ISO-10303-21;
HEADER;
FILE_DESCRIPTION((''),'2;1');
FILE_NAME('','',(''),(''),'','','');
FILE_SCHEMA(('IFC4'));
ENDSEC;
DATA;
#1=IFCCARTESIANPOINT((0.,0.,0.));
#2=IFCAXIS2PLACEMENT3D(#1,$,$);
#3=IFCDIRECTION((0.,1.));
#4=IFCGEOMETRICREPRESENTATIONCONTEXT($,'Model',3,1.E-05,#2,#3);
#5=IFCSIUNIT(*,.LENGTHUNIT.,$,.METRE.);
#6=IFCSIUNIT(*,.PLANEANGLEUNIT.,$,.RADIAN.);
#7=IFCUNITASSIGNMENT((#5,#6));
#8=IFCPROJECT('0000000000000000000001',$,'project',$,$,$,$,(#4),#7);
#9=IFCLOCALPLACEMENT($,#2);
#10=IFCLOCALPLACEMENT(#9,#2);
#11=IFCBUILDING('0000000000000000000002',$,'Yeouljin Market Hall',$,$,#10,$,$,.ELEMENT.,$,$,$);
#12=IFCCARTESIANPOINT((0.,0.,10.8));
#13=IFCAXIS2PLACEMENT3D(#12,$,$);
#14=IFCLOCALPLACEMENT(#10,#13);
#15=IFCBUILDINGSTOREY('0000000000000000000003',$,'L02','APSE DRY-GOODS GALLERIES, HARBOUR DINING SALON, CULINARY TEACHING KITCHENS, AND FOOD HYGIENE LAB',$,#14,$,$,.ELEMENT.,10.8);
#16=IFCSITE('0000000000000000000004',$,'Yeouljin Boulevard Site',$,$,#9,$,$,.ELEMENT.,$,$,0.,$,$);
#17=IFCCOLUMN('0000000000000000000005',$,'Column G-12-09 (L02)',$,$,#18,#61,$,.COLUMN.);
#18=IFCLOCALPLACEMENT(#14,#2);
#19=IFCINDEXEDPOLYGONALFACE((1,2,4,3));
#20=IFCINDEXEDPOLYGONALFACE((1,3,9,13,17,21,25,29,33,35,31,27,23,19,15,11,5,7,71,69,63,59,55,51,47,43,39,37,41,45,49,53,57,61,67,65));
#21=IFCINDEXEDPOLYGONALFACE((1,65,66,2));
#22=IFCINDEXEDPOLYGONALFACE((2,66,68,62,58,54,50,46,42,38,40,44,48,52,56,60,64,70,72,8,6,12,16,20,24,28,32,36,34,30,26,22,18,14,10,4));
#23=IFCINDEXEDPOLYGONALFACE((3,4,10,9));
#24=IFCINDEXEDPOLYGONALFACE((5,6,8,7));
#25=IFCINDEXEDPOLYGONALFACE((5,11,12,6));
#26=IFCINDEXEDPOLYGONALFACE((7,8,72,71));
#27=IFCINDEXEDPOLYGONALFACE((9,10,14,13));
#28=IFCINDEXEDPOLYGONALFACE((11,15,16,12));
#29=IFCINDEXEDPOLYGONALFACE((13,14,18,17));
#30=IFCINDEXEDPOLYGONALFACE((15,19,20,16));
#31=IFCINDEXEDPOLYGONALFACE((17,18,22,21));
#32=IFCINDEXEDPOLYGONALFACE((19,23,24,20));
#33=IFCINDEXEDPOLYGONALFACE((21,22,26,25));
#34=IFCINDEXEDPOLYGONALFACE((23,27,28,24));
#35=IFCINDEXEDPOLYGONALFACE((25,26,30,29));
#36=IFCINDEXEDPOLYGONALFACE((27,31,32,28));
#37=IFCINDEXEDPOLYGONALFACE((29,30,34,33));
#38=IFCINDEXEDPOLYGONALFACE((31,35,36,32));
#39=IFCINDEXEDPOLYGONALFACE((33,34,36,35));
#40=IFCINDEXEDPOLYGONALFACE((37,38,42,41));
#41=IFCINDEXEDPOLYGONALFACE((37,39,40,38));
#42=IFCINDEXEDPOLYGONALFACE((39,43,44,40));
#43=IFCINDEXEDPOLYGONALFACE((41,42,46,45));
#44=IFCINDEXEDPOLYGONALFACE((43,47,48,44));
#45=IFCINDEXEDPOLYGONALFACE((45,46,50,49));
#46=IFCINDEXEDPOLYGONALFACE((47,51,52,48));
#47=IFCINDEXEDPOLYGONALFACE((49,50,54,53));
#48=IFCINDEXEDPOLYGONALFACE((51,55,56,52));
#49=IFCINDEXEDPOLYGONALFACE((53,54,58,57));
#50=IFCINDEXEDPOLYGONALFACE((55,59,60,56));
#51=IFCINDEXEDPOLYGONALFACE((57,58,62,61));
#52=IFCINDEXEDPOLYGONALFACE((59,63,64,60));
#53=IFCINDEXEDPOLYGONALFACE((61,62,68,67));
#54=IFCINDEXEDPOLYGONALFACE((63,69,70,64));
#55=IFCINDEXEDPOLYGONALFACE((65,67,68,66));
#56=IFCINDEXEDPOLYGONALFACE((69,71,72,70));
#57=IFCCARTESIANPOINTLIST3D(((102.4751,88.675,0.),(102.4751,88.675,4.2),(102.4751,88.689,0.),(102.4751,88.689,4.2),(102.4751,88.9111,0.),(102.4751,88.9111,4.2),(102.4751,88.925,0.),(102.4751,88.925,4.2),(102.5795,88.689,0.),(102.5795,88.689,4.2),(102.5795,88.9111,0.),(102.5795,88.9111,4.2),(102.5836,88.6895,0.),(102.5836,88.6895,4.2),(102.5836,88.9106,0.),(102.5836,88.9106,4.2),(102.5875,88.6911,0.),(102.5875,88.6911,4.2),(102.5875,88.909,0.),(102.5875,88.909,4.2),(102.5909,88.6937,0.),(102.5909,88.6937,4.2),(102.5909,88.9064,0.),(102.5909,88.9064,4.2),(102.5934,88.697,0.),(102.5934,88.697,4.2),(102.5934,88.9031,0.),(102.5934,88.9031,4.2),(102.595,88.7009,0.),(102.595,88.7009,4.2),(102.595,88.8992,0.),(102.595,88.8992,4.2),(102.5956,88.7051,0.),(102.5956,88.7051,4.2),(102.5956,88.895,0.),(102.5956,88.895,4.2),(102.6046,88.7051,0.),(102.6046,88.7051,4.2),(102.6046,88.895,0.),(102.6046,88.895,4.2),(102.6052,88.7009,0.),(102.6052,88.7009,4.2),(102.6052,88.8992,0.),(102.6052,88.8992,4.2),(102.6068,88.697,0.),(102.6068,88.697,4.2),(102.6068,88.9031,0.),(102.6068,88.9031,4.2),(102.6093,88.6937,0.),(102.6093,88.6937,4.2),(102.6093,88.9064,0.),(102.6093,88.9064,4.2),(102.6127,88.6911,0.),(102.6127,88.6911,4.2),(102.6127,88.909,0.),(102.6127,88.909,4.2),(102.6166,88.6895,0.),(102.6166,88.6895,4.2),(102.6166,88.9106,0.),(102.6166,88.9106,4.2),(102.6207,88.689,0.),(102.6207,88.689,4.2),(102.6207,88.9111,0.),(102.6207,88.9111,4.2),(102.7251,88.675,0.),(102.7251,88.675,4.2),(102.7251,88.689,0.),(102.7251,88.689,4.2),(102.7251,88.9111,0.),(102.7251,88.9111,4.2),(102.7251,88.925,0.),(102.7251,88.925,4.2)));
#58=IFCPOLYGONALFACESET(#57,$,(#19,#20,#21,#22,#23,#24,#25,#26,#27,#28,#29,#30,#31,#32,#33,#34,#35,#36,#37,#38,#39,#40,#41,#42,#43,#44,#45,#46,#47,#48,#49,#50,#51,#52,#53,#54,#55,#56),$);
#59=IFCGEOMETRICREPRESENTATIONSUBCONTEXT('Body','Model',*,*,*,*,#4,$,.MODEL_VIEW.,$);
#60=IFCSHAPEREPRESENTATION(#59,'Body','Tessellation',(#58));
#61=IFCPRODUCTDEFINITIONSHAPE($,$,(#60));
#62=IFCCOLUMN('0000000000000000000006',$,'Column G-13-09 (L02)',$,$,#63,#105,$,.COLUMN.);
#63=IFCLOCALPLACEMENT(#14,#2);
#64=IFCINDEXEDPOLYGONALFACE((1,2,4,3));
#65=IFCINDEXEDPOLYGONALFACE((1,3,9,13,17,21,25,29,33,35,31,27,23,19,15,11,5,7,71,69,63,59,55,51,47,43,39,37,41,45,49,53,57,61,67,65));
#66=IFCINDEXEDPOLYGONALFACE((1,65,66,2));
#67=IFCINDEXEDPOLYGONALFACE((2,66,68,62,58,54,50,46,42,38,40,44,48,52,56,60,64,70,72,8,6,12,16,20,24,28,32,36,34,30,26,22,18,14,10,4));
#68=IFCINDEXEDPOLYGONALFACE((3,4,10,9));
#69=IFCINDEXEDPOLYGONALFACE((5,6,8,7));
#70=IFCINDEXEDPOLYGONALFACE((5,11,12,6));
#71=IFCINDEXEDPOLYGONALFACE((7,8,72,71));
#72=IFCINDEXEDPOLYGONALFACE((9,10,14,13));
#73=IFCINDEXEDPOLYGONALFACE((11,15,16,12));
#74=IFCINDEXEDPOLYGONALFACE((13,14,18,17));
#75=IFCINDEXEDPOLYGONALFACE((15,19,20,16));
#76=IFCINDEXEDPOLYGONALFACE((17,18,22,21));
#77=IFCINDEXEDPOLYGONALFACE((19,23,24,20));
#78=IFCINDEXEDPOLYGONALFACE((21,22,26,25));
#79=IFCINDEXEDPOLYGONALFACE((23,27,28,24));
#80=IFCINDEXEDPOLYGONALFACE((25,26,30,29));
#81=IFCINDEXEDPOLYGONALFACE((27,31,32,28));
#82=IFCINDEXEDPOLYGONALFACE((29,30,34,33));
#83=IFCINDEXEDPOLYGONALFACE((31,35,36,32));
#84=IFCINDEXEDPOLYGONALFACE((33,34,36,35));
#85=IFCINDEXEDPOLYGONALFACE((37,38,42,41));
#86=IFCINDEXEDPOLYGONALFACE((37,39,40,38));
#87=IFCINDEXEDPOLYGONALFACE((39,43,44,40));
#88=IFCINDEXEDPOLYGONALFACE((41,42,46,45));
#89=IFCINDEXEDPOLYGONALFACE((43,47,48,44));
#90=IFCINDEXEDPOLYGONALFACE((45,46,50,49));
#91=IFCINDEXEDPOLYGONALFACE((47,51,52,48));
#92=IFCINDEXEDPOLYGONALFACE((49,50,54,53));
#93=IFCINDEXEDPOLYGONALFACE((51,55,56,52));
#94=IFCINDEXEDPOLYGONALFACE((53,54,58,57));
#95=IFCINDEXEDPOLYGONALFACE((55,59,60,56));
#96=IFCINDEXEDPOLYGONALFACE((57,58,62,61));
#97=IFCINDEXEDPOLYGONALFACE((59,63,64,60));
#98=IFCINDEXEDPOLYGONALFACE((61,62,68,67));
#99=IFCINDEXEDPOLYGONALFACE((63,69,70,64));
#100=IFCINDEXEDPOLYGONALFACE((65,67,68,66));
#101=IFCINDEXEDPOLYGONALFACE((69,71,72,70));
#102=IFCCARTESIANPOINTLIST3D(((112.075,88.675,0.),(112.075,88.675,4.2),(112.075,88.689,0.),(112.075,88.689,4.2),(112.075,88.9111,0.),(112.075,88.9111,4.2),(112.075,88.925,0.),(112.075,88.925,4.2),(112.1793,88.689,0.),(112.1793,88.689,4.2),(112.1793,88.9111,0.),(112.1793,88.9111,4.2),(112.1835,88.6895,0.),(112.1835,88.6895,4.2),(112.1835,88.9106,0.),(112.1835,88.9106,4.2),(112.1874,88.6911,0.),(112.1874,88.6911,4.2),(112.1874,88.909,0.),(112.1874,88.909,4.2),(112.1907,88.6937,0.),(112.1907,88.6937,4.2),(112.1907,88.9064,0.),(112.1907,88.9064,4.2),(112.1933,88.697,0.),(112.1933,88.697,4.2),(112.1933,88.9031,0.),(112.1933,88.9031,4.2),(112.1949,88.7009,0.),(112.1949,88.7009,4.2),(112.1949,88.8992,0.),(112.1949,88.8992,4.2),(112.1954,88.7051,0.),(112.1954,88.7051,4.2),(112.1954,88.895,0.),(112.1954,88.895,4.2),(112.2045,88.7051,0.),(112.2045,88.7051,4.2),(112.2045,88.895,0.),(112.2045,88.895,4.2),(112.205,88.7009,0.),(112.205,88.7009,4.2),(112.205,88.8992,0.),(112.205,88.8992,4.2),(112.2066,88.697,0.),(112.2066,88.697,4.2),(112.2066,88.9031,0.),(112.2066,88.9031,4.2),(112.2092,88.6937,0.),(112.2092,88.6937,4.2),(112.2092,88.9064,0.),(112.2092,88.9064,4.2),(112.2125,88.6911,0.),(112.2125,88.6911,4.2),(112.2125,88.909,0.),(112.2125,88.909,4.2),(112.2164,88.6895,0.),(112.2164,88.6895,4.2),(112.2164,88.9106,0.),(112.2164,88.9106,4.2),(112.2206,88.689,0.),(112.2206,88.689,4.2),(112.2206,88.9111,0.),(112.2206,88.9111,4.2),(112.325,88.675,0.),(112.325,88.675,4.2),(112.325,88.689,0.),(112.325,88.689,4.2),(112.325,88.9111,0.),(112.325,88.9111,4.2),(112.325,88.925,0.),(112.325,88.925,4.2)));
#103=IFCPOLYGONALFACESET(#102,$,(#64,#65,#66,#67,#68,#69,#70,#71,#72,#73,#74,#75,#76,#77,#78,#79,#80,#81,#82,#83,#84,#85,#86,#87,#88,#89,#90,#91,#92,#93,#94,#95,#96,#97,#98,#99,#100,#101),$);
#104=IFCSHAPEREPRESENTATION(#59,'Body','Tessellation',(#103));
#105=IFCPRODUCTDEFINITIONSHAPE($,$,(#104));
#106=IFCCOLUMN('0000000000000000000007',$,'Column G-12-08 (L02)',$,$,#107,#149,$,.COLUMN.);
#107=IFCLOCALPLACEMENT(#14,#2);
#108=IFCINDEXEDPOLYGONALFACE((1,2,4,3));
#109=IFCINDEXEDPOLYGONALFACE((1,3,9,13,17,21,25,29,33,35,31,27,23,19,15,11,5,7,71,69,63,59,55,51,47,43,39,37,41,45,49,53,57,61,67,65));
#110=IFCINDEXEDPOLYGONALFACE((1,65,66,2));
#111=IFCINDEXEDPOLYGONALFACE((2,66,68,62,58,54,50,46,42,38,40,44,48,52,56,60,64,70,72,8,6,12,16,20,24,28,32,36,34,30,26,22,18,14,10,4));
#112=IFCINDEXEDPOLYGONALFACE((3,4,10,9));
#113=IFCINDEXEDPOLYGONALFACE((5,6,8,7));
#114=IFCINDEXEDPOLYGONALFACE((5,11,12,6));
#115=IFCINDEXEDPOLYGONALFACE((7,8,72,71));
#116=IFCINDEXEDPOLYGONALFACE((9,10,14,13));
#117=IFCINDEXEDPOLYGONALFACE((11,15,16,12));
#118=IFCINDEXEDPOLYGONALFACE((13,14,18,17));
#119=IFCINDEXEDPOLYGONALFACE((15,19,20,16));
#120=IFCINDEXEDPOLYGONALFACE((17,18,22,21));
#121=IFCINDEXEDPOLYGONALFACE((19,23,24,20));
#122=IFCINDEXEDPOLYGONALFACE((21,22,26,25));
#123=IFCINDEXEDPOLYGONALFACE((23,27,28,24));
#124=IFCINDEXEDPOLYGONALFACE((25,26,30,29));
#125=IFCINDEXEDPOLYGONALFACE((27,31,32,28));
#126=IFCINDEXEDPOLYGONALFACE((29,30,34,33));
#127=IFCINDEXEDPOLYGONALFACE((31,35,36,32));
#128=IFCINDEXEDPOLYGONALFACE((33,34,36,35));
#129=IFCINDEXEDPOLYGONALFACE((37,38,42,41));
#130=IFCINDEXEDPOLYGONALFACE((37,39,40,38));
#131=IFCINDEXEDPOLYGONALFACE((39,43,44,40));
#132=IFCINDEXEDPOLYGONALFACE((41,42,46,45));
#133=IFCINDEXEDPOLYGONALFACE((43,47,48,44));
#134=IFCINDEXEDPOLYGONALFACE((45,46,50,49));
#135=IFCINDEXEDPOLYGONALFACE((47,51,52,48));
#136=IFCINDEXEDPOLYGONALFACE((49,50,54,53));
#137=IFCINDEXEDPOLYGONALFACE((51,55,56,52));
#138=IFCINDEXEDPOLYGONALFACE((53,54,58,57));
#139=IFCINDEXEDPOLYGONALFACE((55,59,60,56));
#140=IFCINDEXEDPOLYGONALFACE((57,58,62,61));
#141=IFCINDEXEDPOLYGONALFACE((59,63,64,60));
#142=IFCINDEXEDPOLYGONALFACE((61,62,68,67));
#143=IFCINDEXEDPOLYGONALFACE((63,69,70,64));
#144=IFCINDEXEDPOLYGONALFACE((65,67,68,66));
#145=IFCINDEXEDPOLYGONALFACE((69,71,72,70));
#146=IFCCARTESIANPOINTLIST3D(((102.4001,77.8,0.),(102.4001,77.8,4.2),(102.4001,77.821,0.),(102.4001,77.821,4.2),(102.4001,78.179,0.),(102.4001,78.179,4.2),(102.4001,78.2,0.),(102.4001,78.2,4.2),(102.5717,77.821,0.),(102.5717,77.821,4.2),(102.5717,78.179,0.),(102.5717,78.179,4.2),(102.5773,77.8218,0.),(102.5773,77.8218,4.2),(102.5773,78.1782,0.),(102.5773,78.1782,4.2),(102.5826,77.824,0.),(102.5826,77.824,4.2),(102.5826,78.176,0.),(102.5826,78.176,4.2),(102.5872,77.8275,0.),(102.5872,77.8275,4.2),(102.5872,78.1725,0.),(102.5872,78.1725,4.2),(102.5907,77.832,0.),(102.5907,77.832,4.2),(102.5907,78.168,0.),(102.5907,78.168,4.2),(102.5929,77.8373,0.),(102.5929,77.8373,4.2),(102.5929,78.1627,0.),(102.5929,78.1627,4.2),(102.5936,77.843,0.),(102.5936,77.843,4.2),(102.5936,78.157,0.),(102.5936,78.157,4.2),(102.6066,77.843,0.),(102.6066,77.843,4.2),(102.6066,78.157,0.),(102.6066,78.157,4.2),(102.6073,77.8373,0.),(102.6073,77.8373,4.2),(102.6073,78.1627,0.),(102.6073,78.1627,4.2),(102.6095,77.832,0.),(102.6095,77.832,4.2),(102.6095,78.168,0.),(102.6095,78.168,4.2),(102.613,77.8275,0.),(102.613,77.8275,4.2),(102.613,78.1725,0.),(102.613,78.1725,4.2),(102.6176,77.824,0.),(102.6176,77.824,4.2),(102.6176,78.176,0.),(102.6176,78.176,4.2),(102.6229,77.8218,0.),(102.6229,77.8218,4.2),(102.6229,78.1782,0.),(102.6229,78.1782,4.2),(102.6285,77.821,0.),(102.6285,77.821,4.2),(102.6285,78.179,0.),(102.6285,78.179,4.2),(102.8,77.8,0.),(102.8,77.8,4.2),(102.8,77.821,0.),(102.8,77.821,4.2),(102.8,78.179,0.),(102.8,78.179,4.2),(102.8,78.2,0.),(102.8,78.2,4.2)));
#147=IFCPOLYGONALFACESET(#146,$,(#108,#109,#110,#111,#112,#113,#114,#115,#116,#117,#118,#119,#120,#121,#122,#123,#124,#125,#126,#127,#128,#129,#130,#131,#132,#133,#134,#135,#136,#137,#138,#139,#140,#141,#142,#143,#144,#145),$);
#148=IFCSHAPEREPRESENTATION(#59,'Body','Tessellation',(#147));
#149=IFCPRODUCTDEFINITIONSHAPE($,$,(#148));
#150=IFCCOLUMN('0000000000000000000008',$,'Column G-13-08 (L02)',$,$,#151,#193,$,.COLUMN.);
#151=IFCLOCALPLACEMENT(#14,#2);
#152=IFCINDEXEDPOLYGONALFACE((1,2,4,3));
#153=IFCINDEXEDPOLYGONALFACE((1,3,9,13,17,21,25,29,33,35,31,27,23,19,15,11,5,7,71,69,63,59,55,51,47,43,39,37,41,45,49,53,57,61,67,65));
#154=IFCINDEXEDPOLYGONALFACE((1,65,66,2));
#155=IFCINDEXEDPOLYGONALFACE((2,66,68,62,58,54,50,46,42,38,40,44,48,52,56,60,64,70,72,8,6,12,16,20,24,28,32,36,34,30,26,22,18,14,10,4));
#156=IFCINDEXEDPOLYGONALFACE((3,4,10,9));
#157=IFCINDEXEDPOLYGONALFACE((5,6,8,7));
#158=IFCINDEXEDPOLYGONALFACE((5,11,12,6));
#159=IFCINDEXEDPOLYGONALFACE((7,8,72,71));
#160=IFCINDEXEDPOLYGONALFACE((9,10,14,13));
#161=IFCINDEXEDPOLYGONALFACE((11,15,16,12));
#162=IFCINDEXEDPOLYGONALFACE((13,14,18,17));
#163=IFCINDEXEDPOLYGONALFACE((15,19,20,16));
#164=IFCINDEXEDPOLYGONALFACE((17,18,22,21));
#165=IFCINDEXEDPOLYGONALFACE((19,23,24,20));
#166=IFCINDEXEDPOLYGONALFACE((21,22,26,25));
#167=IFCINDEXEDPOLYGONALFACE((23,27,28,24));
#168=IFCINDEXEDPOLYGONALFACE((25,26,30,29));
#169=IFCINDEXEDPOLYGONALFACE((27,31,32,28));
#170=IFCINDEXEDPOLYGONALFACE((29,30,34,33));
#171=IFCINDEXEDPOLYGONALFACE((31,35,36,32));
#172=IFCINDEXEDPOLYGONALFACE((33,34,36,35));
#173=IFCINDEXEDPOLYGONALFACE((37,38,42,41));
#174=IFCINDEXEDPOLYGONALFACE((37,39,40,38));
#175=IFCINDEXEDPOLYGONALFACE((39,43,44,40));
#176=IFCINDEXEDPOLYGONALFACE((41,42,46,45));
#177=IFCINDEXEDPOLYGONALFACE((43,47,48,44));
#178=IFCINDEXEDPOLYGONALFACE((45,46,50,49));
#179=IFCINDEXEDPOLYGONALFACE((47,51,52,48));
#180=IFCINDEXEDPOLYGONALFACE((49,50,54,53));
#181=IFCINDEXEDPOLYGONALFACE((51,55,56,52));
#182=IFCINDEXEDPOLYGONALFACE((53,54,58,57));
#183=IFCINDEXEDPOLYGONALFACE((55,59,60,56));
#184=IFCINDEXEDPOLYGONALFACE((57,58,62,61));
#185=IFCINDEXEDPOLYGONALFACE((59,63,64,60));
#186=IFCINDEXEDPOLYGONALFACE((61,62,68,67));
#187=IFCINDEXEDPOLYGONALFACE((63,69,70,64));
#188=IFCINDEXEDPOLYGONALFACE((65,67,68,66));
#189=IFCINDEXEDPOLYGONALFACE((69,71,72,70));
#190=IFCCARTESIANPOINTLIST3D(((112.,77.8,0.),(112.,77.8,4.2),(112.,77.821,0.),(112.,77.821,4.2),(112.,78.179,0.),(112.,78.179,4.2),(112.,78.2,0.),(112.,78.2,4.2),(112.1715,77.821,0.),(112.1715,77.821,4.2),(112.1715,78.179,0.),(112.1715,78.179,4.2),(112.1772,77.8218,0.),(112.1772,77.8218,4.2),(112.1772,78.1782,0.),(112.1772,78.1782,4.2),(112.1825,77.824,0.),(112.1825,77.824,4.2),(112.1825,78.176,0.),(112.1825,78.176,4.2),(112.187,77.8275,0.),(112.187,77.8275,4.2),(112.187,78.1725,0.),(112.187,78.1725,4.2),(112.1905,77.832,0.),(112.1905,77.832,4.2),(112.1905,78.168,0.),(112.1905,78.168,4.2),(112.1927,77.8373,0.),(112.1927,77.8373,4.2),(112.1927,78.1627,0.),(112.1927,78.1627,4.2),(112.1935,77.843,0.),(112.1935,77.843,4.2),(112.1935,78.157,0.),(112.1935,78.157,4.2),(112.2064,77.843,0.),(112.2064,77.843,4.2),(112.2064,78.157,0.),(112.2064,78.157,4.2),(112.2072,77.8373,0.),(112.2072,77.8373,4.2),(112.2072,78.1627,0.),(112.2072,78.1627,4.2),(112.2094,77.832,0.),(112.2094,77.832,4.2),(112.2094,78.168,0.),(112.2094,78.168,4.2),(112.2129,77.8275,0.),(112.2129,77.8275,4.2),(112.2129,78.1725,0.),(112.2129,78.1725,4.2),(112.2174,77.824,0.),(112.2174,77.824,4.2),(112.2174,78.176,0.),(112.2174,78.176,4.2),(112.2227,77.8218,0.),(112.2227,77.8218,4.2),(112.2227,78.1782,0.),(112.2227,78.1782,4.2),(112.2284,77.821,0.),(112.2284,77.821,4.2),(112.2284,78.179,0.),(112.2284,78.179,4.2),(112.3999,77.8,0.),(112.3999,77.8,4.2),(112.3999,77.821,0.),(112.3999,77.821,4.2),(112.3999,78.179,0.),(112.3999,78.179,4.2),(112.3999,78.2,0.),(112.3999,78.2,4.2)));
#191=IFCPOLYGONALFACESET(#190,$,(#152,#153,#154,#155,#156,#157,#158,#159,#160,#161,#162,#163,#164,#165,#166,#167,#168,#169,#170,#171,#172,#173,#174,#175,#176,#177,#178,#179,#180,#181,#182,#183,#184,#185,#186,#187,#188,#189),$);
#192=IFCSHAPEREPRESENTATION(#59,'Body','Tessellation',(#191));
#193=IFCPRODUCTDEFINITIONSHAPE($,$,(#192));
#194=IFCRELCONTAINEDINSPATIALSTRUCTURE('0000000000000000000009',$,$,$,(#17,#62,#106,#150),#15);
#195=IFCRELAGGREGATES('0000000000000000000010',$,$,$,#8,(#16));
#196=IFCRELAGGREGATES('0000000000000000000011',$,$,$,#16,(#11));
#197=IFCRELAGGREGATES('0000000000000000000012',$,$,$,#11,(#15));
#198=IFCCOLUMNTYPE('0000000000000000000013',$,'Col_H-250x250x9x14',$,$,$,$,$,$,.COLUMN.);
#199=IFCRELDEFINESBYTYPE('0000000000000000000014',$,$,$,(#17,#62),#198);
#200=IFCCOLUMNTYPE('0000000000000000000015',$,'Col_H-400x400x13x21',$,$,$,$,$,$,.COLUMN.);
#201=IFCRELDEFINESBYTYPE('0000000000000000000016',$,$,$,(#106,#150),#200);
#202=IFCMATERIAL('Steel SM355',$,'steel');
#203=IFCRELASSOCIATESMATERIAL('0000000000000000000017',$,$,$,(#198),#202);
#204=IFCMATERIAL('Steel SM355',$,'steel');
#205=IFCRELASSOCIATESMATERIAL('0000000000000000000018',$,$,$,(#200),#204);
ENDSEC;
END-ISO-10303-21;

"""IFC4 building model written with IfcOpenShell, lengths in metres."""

from ifc_helpers import new_model, si_unit, direction, frame, origin, origin_2d, place, context, subcontext, project, spatial, i_section, extrude, material, material_profile, profile_set, type_object, element, save


model = new_model("IFC4")

# Units and contexts
model_context = context("Model", 3, precision=1e-05, world=origin(), true_north=direction((0.0, 1.0)))
body_context = subcontext(model_context, "Body", "Model", "MODEL_VIEW")
ifc_project = project(units=[si_unit("LENGTHUNIT", "METRE"), si_unit("PLANEANGLEUNIT", "RADIAN")], contexts=[model_context])

# Site, building, storey
site_placement = place(None, origin())
site = spatial("IfcSite", under=ifc_project, at=site_placement, Name="Yeouljin Boulevard Site", CompositionType="ELEMENT", RefElevation=0.0)
building_placement = place(site_placement, origin())
building = spatial("IfcBuilding", under=site, at=building_placement, Name="Yeouljin Market Hall", CompositionType="ELEMENT")
storey_placement = place(building_placement, frame((0.0, 0.0, 10.8)))
storey = spatial("IfcBuildingStorey", under=building, at=storey_placement, Name="L02", Description="APSE DRY-GOODS GALLERIES, HARBOUR DINING SALON, CULINARY TEACHING KITCHENS, AND FOOD HYGIENE LAB", CompositionType="ELEMENT", Elevation=10.8)

# Columns
ifc_material_1 = material(Name="Steel SM355", Category="steel")
ifc_material_profile_1 = material_profile(ifc_material_1, i_section(OverallWidth=0.25, OverallDepth=0.25, WebThickness=0.009, FlangeThickness=0.0139, FilletRadius=0.0161, at=origin_2d()), Name="H-250x250x9x14")
ifc_profile_set_1 = profile_set([ifc_material_profile_1], Name="Steel SM355")
column_type_1 = type_object("IfcColumnType", Name="Col_H-250x250x9x14", PredefinedType="COLUMN", material=ifc_profile_set_1)
for number, where, z_axis, x_axis, name in (
    (1, (102.6001, 88.8, 0.0), (0.0, 0.0, 1.0), (1.0, 0.0, 0.0), "Column G-12-09 (L02)"),
    (2, (112.2, 88.8, 0.0), (0.0, 0.0, 1.0), (1.0, 0.0, 0.0), "Column G-13-09 (L02)"),
):
    element("IfcColumn", number, at=place(storey_placement, frame(where, z_axis=z_axis, x_axis=x_axis)), inside=storey, type_object=column_type_1, Name=name, PredefinedType="COLUMN", context=body_context, shape_type="SweptSolid", body=[
        extrude(i_section(OverallWidth=0.25, OverallDepth=0.25, WebThickness=0.009, FlangeThickness=0.0139, FilletRadius=0.0161, at=origin_2d()), origin(), (0.0, 0.0, 1.0), 4.2),
    ])
ifc_material_2 = material(Name="Steel SM355", Category="steel")
ifc_material_profile_2 = material_profile(ifc_material_2, i_section(OverallWidth=0.3999, OverallDepth=0.3999, WebThickness=0.0129, FlangeThickness=0.021, FilletRadius=0.022, at=origin_2d()), Name="H-400x400x13x21")
ifc_profile_set_2 = profile_set([ifc_material_profile_2], Name="Steel SM355")
column_type_2 = type_object("IfcColumnType", Name="Col_H-400x400x13x21", PredefinedType="COLUMN", material=ifc_profile_set_2)
for number, where, z_axis, x_axis, name in (
    (3, (102.6001, 78.0, 0.0), (0.0, 0.0, 1.0), (1.0, 0.0, 0.0), "Column G-12-08 (L02)"),
    (4, (112.2, 78.0, 0.0), (0.0, 0.0, 1.0), (1.0, 0.0, 0.0), "Column G-13-08 (L02)"),
):
    element("IfcColumn", number, at=place(storey_placement, frame(where, z_axis=z_axis, x_axis=x_axis)), inside=storey, type_object=column_type_2, Name=name, PredefinedType="COLUMN", context=body_context, shape_type="SweptSolid", body=[
        extrude(i_section(OverallWidth=0.3999, OverallDepth=0.3999, WebThickness=0.0129, FlangeThickness=0.021, FilletRadius=0.022, at=origin_2d()), origin(), (0.0, 0.0, 1.0), 4.2),
    ])

save(model, "model.ifc")
